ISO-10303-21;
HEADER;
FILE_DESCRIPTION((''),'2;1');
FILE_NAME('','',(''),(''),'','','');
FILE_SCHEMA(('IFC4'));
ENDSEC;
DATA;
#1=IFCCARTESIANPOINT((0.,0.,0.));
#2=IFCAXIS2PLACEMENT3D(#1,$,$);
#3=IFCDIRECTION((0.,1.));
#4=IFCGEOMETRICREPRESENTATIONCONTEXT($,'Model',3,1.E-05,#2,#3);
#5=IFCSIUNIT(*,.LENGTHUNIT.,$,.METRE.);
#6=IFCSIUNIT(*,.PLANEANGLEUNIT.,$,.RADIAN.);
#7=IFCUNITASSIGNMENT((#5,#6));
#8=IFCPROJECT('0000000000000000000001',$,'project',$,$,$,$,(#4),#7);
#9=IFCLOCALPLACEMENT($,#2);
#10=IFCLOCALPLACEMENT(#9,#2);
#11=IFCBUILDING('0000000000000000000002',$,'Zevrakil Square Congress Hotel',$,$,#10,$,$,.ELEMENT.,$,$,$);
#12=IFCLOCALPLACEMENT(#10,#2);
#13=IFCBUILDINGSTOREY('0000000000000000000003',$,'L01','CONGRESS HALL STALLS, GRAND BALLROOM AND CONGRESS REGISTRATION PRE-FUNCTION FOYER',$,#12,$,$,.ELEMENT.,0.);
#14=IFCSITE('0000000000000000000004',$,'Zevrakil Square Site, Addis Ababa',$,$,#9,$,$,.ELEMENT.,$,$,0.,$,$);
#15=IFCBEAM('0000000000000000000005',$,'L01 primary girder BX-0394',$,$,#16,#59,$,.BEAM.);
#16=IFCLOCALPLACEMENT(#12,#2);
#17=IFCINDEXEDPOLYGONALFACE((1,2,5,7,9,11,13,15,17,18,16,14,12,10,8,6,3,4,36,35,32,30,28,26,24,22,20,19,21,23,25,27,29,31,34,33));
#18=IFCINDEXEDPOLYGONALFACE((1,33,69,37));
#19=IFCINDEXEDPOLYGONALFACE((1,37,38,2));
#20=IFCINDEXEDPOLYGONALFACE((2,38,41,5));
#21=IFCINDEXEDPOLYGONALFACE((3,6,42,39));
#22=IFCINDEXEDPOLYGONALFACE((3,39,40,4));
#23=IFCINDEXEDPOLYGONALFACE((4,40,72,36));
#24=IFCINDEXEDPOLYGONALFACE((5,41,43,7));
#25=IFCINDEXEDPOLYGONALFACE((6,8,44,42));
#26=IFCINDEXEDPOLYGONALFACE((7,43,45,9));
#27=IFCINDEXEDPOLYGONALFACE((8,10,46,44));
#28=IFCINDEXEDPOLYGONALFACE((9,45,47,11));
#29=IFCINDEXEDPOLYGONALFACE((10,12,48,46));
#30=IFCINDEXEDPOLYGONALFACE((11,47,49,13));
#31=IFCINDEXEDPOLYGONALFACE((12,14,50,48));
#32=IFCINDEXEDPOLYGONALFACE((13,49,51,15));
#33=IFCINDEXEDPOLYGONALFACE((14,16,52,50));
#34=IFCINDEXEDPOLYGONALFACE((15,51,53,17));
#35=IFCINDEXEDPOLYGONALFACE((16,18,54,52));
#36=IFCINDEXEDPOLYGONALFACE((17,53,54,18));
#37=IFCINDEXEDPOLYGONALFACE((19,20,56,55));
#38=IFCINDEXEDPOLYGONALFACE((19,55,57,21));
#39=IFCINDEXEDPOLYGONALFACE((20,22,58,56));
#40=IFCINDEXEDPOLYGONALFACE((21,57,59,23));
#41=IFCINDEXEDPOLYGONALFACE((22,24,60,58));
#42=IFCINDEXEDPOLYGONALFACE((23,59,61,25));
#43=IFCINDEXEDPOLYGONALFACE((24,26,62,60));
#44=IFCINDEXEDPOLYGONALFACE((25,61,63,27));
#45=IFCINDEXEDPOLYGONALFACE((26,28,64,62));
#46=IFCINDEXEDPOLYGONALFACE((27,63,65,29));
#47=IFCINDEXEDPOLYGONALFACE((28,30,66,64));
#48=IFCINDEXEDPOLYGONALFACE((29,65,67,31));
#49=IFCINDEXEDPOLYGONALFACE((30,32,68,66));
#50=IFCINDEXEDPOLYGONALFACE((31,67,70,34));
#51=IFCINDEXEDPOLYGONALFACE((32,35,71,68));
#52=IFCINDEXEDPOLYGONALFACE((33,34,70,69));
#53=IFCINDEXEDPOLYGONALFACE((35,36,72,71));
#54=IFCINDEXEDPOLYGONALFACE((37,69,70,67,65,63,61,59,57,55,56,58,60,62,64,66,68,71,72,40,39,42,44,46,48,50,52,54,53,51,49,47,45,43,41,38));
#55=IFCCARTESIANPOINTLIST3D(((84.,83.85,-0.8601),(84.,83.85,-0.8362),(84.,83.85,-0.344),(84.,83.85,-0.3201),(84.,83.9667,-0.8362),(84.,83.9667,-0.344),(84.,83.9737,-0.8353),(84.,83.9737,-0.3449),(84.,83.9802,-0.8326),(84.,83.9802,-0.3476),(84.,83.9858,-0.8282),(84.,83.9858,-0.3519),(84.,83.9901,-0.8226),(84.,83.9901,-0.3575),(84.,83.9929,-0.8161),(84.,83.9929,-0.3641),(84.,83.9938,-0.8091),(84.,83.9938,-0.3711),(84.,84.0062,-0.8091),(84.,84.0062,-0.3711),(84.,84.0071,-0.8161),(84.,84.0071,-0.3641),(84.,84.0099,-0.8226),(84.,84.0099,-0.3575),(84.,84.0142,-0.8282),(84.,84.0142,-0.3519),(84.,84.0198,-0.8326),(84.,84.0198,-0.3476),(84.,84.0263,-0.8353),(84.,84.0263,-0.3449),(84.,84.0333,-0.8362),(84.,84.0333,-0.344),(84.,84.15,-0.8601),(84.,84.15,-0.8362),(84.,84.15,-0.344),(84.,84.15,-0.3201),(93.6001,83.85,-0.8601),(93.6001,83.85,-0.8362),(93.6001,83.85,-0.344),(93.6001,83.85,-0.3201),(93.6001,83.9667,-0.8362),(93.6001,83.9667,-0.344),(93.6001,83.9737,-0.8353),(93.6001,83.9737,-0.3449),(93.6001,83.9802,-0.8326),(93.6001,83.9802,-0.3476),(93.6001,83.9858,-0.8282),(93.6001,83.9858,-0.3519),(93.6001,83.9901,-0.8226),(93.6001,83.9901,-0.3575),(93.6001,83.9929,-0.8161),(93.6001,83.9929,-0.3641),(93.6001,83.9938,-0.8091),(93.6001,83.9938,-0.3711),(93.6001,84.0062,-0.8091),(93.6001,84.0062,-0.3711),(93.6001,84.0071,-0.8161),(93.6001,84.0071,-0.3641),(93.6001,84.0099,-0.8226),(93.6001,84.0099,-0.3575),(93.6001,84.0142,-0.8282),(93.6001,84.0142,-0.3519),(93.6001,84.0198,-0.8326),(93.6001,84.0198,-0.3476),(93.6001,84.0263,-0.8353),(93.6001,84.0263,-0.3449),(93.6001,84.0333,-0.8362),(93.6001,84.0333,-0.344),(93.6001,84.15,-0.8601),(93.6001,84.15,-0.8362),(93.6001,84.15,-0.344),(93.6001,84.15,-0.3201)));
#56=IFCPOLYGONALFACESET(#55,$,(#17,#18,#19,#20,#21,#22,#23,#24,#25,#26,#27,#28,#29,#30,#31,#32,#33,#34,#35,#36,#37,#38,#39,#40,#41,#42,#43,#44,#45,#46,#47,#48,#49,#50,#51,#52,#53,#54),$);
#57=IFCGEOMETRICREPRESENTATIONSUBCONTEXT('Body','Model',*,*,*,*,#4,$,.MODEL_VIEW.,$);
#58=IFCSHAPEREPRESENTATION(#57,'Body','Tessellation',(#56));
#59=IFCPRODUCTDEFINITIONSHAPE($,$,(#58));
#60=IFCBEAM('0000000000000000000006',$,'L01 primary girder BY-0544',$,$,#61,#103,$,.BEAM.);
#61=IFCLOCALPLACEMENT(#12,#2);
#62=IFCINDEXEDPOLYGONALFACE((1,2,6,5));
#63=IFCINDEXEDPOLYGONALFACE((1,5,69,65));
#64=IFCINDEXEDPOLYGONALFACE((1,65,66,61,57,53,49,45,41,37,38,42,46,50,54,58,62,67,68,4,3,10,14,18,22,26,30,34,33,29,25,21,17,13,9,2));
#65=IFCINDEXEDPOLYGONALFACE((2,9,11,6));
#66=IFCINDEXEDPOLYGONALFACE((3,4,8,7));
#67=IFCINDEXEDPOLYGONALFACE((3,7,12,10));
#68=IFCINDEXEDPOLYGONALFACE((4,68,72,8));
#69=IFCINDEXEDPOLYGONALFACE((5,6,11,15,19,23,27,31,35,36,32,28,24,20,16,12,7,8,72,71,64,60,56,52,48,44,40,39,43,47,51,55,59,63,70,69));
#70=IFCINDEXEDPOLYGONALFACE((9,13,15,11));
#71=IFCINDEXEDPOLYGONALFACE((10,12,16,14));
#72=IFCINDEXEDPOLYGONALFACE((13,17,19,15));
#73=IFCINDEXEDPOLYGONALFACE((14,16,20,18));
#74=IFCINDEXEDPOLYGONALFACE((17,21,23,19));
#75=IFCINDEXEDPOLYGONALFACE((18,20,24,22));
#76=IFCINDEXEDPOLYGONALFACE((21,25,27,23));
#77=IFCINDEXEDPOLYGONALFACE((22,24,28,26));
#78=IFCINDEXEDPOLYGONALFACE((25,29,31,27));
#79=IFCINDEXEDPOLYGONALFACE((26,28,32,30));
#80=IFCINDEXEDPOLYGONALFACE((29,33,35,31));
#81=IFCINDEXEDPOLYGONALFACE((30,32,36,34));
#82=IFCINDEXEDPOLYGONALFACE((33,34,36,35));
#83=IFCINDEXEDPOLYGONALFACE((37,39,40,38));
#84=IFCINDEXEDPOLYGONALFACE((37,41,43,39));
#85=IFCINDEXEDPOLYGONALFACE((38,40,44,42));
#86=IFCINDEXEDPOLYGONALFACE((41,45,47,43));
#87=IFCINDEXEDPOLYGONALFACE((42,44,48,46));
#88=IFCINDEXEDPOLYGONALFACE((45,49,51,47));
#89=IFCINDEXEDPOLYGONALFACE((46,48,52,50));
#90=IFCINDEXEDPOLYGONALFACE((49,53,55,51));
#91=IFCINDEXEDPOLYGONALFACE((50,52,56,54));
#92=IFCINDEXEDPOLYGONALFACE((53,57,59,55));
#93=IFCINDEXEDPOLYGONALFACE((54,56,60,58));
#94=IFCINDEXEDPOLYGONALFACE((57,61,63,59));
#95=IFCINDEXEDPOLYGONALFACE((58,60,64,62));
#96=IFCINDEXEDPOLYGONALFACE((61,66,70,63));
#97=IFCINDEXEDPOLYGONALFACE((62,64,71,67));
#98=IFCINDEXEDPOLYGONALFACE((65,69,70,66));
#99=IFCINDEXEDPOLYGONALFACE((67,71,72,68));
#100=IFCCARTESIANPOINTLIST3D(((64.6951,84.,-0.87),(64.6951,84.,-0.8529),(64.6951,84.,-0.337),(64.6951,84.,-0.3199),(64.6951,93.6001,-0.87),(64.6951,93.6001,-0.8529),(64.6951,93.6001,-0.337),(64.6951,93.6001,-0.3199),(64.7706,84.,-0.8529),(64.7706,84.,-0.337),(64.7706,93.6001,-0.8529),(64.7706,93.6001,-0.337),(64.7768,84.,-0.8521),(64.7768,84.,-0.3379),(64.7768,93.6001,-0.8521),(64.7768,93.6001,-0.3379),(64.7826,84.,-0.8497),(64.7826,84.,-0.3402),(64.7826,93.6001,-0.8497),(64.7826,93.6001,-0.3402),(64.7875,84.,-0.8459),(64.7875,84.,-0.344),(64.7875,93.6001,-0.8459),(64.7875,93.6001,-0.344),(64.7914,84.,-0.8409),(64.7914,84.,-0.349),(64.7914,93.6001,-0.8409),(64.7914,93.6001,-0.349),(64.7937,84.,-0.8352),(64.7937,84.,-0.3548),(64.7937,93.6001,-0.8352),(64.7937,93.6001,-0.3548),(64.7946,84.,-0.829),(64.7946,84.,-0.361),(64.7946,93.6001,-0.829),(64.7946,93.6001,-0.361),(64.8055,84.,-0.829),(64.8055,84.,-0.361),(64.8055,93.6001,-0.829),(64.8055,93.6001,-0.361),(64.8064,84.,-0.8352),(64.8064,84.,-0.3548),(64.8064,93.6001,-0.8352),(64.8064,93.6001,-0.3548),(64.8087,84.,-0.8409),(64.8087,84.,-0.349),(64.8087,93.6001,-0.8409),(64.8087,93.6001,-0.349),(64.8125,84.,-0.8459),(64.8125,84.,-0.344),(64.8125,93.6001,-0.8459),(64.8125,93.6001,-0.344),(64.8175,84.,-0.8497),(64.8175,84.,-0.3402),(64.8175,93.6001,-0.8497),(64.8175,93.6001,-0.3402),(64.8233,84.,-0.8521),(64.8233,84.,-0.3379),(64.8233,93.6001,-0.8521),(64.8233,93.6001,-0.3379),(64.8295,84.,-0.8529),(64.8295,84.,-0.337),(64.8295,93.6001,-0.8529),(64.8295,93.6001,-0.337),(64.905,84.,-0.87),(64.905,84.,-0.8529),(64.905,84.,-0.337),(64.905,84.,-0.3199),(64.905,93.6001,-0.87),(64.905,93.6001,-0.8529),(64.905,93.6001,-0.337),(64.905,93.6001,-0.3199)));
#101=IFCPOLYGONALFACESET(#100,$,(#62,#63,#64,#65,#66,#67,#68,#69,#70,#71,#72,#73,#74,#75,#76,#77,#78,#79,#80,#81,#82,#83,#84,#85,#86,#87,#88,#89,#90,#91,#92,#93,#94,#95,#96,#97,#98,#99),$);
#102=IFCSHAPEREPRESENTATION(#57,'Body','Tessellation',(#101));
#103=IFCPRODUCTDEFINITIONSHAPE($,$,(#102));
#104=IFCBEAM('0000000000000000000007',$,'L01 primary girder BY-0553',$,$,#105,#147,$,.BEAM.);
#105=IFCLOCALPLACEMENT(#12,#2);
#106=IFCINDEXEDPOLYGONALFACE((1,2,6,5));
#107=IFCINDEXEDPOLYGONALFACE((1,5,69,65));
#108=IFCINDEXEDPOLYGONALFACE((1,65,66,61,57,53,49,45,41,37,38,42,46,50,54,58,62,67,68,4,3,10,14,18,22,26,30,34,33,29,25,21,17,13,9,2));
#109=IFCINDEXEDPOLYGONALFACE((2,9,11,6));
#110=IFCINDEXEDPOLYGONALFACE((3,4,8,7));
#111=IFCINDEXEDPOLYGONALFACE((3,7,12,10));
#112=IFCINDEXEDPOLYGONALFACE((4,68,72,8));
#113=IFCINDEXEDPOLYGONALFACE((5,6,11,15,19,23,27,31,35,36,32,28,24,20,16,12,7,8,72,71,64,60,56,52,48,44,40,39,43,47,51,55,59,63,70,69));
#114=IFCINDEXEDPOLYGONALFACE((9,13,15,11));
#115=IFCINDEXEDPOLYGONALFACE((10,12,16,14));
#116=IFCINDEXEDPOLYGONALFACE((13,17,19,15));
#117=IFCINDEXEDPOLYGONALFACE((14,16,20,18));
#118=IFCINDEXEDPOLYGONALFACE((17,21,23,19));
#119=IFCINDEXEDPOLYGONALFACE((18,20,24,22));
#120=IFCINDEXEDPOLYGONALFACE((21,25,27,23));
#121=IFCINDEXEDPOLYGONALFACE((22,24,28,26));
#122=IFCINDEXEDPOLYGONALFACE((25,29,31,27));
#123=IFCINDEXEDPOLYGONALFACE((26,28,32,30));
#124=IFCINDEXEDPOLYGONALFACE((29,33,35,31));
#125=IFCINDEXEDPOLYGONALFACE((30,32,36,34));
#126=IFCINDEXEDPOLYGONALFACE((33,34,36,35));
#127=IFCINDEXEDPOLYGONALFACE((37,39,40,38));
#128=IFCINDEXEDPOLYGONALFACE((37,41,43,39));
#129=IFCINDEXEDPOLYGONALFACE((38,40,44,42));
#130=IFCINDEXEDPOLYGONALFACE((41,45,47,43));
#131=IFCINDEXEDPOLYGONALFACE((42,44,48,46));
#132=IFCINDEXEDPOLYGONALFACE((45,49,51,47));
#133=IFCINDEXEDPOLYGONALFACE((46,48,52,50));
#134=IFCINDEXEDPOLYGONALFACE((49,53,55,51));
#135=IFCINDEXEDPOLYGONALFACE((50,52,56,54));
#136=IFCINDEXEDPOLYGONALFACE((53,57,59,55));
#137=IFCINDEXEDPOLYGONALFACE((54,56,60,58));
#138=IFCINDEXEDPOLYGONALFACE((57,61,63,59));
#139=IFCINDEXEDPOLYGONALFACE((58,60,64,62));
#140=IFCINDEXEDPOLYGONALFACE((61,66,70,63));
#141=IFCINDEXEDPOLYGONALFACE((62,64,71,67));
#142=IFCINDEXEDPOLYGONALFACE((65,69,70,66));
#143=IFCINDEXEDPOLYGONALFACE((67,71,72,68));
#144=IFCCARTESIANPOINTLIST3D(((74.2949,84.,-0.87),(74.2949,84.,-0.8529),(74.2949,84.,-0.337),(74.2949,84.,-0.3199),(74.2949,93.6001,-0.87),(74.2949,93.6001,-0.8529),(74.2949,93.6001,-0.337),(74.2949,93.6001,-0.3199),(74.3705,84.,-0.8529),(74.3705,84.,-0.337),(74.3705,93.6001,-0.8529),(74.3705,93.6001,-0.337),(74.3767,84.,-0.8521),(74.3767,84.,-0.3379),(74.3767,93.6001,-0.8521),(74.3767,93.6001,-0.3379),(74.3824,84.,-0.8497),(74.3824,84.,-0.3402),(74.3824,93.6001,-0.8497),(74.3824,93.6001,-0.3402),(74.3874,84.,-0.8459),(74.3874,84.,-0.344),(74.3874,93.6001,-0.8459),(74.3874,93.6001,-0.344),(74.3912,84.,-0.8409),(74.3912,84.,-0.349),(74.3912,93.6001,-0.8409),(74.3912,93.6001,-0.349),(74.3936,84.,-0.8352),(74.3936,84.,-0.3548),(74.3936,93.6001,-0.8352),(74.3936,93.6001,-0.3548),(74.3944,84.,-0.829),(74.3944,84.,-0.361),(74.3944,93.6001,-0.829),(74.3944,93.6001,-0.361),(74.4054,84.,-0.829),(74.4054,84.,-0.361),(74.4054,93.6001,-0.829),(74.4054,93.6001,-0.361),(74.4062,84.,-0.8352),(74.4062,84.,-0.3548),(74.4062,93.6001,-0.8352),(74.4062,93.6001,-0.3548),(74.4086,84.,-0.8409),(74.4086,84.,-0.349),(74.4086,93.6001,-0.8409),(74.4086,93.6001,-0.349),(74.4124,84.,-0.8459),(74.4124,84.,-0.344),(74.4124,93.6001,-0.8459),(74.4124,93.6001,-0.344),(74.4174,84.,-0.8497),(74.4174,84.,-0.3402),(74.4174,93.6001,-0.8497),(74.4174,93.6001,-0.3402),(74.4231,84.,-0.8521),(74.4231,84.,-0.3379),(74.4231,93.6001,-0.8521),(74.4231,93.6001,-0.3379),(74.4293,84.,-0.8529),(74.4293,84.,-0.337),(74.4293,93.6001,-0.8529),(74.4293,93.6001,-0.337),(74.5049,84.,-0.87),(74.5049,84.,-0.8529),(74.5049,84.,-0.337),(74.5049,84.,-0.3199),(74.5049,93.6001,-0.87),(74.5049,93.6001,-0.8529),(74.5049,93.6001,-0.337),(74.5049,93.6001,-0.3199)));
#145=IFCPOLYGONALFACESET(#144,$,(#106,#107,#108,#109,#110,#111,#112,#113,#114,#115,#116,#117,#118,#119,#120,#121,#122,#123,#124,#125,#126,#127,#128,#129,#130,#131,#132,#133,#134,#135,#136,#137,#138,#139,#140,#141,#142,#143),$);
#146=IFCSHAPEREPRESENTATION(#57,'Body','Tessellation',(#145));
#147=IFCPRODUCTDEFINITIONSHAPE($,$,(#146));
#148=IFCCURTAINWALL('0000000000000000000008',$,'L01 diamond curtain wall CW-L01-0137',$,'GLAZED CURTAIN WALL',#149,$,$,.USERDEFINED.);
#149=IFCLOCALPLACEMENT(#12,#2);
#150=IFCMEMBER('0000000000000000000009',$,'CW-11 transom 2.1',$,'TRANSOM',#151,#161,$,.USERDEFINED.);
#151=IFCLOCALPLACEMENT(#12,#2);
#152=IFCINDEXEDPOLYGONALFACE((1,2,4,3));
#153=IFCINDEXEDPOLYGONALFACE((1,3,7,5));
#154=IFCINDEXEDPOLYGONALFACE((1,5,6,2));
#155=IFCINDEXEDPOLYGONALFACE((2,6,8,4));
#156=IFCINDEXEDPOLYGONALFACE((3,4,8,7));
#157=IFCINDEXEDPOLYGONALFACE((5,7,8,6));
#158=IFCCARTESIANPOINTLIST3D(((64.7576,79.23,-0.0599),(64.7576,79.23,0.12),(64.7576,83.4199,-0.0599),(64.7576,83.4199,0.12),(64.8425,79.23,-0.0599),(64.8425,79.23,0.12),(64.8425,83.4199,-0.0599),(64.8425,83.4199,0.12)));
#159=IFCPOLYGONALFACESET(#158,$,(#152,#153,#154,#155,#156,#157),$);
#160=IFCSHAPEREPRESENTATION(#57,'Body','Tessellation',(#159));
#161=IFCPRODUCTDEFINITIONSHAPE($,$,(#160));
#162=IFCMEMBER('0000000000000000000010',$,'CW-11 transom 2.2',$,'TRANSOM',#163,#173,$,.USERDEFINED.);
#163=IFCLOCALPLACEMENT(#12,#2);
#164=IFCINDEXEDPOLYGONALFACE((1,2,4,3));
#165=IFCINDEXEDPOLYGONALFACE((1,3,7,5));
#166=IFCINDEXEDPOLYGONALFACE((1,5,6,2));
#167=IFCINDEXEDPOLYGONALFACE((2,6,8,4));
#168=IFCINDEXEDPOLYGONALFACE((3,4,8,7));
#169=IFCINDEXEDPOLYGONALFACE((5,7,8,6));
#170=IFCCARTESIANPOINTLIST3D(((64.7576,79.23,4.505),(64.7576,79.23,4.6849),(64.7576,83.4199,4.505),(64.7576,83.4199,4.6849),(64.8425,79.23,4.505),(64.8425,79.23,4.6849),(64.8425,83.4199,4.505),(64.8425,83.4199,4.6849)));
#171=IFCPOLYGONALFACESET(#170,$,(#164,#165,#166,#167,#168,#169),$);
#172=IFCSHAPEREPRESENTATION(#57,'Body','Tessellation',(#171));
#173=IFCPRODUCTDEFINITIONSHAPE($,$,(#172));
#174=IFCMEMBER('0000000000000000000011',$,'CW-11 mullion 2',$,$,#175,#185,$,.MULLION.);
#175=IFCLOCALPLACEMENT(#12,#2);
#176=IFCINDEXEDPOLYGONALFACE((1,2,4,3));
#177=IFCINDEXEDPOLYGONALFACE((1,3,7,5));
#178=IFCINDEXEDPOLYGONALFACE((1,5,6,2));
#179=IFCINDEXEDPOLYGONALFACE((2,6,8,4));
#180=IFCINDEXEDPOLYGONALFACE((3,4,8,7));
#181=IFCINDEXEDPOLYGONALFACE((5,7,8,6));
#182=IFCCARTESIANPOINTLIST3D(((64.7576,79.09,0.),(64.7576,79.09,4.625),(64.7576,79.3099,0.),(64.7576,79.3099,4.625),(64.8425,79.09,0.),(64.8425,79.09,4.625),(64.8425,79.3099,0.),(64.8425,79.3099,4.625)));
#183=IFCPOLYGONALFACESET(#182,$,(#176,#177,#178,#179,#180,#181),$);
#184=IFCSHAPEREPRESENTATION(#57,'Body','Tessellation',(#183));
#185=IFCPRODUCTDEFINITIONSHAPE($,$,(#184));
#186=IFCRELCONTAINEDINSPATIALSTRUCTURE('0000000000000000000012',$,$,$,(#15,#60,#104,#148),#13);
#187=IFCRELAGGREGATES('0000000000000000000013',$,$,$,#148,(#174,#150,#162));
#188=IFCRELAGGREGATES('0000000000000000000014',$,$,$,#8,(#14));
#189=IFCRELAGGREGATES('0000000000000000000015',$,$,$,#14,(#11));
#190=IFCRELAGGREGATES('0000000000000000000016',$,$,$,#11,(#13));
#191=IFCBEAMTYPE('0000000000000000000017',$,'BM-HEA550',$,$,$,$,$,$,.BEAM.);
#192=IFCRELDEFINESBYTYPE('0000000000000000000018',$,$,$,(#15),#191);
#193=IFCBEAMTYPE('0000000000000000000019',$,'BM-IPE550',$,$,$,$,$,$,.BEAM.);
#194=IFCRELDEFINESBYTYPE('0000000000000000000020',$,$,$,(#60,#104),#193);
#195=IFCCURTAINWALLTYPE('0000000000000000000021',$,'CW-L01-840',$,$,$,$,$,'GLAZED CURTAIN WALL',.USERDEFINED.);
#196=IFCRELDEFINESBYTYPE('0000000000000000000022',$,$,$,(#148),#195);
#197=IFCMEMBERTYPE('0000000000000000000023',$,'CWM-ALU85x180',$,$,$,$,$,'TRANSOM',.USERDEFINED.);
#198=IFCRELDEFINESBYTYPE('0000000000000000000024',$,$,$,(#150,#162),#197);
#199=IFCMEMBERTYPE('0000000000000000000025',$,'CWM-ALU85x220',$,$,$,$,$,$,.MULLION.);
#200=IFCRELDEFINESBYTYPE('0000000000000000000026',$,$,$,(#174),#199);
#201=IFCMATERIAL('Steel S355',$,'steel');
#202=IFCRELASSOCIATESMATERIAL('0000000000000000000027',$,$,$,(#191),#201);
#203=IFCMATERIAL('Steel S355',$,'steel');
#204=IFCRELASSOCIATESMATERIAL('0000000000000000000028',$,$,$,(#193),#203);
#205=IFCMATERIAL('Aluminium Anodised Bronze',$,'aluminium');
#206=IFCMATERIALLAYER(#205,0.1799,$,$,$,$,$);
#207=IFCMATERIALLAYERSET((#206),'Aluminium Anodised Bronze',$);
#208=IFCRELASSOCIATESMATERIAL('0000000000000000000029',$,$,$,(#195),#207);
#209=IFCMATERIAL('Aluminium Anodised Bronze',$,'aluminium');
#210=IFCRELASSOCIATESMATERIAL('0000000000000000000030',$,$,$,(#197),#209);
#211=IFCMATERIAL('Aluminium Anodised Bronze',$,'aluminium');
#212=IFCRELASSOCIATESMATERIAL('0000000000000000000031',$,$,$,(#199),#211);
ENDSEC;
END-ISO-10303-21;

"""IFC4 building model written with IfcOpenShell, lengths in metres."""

from ifc_helpers import new_model, si_unit, direction, frame, origin, origin_2d, place, context, subcontext, project, spatial, rectangle, i_section, extrude, material, layer, layer_set, material_profile, profile_set, type_object, element, aggregate, save


model = new_model("IFC4")

# Units and contexts
model_context = context("Model", 3, precision=1e-05, world=origin(), true_north=direction((0.0, 1.0)))
body_context = subcontext(model_context, "Body", "Model", "MODEL_VIEW")
ifc_project = project(units=[si_unit("LENGTHUNIT", "METRE"), si_unit("PLANEANGLEUNIT", "RADIAN")], contexts=[model_context])

# Site, building, storey
site_placement = place(None, origin())
site = spatial("IfcSite", under=ifc_project, at=site_placement, Name="Zevrakil Square Site, Addis Ababa", CompositionType="ELEMENT", RefElevation=0.0)
building_placement = place(site_placement, origin())
building = spatial("IfcBuilding", under=site, at=building_placement, Name="Zevrakil Square Congress Hotel", CompositionType="ELEMENT")
storey_placement = place(building_placement, origin())
storey = spatial("IfcBuildingStorey", under=building, at=storey_placement, Name="L01", Description="CONGRESS HALL STALLS, GRAND BALLROOM AND CONGRESS REGISTRATION PRE-FUNCTION FOYER", CompositionType="ELEMENT", Elevation=0.0)

# Beams
ifc_material_1 = material(Name="Steel S355", Category="steel")
ifc_material_profile_1 = material_profile(ifc_material_1, i_section(OverallWidth=0.3, OverallDepth=0.54, WebThickness=0.0125, FlangeThickness=0.0239, FilletRadius=0.0271, at=origin_2d()), Name="HEA 550")
ifc_profile_set_1 = profile_set([ifc_material_profile_1], Name="Steel S355")
beam_type_1 = type_object("IfcBeamType", Name="BM-HEA550", PredefinedType="BEAM", material=ifc_profile_set_1)
for number, where, z_axis, x_axis, name in (
    (1, (84.0, 84.0, -0.5901), (1.0, 0.0, 0.0), (0.0, 1.0, 0.0), "L01 primary girder BX-0394"),
):
    element("IfcBeam", number, at=place(storey_placement, frame(where, z_axis=z_axis, x_axis=x_axis)), inside=storey, type_object=beam_type_1, Name=name, PredefinedType="BEAM", context=body_context, shape_type="SweptSolid", body=[
        extrude(i_section(OverallWidth=0.3, OverallDepth=0.54, WebThickness=0.0125, FlangeThickness=0.0239, FilletRadius=0.0271, at=origin_2d()), origin(), (0.0, 0.0, 1.0), 9.6001),
    ])
ifc_material_2 = material(Name="Steel S355", Category="steel")
ifc_material_profile_2 = material_profile(ifc_material_2, i_section(OverallWidth=0.21, OverallDepth=0.55, WebThickness=0.011, FlangeThickness=0.0171, FilletRadius=0.0239, at=origin_2d()), Name="IPE 550")
ifc_profile_set_2 = profile_set([ifc_material_profile_2], Name="Steel S355")
beam_type_2 = type_object("IfcBeamType", Name="BM-IPE550", PredefinedType="BEAM", material=ifc_profile_set_2)
for number, where, z_axis, x_axis, name in (
    (2, (64.8, 84.0, -0.595), (0.0, 1.0, 0.0), (-1.0, 0.0, 0.0), "L01 primary girder BY-0544"),
    (3, (74.3999, 84.0, -0.595), (0.0, 1.0, 0.0), (-1.0, 0.0, 0.0), "L01 primary girder BY-0553"),
):
    element("IfcBeam", number, at=place(storey_placement, frame(where, z_axis=z_axis, x_axis=x_axis)), inside=storey, type_object=beam_type_2, Name=name, PredefinedType="BEAM", context=body_context, shape_type="SweptSolid", body=[
        extrude(i_section(OverallWidth=0.21, OverallDepth=0.55, WebThickness=0.011, FlangeThickness=0.0171, FilletRadius=0.0239, at=origin_2d()), origin(), (0.0, 0.0, 1.0), 9.6001),
    ])

# Curtain wall, members
ifc_material_3 = material(Name="Aluminium Anodised Bronze", Category="aluminium")
ifc_layer_1 = layer(ifc_material_3, 0.1799)
ifc_layer_set_1 = layer_set([ifc_layer_1], Name="Aluminium Anodised Bronze")
curtain_wall_type = type_object("IfcCurtainWallType", Name="CW-L01-840", ElementType="GLAZED CURTAIN WALL", PredefinedType="USERDEFINED", material=ifc_layer_set_1)
curtain_wall_placement = place(storey_placement, origin())
curtain_wall = element("IfcCurtainWall", 4, at=curtain_wall_placement, inside=storey, type_object=curtain_wall_type, Name="L01 diamond curtain wall CW-L01-0137", ObjectType="GLAZED CURTAIN WALL", PredefinedType="USERDEFINED")
ifc_material_4 = material(Name="Aluminium Anodised Bronze", Category="aluminium")
ifc_material_profile_3 = material_profile(ifc_material_4, rectangle(XDim=0.085, YDim=0.1799, at=origin_2d()), Name="ALU 85x180")
ifc_profile_set_3 = profile_set([ifc_material_profile_3], Name="Aluminium Anodised Bronze")
member_type_1 = type_object("IfcMemberType", Name="CWM-ALU85x180", ElementType="TRANSOM", PredefinedType="USERDEFINED", material=ifc_profile_set_3)
member_1_placement = place(storey_placement, frame((64.8, 79.23, 0.03), z_axis=(0.0, 1.0, 0.0), x_axis=(-1.0, 0.0, 0.0)))
member_1 = element("IfcMember", 5, at=member_1_placement, type_object=member_type_1, Name="CW-11 transom 2.1", ObjectType="TRANSOM", PredefinedType="USERDEFINED", context=body_context, shape_type="SweptSolid", body=[
    extrude(rectangle(XDim=0.085, YDim=0.1799, at=origin_2d()), origin(), (0.0, 0.0, 1.0), 4.1899),
])
member_2_placement = place(storey_placement, frame((64.8, 79.23, 4.595), z_axis=(0.0, 1.0, 0.0), x_axis=(-1.0, 0.0, 0.0)))
member_2 = element("IfcMember", 6, at=member_2_placement, type_object=member_type_1, Name="CW-11 transom 2.2", ObjectType="TRANSOM", PredefinedType="USERDEFINED", context=body_context, shape_type="SweptSolid", body=[
    extrude(rectangle(XDim=0.085, YDim=0.1799, at=origin_2d()), origin(), (0.0, 0.0, 1.0), 4.1899),
])
ifc_material_5 = material(Name="Aluminium Anodised Bronze", Category="aluminium")
ifc_material_profile_4 = material_profile(ifc_material_5, rectangle(XDim=0.085, YDim=0.22, at=origin_2d()), Name="ALU 85x220")
ifc_profile_set_4 = profile_set([ifc_material_profile_4], Name="Aluminium Anodised Bronze")
member_type_2 = type_object("IfcMemberType", Name="CWM-ALU85x220", PredefinedType="MULLION", material=ifc_profile_set_4)
member_3_placement = place(storey_placement, frame((64.8, 79.2, 0.0), z_axis=(0.0, 0.0, 1.0), x_axis=(-1.0, 0.0, 0.0)))
member_3 = element("IfcMember", 7, at=member_3_placement, type_object=member_type_2, Name="CW-11 mullion 2", PredefinedType="MULLION", context=body_context, shape_type="SweptSolid", body=[
    extrude(rectangle(XDim=0.085, YDim=0.22, at=origin_2d()), origin(), (0.0, 0.0, 1.0), 4.625),
])
aggregate(curtain_wall, [member_3, member_1, member_2])

save(model, "model.ifc")
